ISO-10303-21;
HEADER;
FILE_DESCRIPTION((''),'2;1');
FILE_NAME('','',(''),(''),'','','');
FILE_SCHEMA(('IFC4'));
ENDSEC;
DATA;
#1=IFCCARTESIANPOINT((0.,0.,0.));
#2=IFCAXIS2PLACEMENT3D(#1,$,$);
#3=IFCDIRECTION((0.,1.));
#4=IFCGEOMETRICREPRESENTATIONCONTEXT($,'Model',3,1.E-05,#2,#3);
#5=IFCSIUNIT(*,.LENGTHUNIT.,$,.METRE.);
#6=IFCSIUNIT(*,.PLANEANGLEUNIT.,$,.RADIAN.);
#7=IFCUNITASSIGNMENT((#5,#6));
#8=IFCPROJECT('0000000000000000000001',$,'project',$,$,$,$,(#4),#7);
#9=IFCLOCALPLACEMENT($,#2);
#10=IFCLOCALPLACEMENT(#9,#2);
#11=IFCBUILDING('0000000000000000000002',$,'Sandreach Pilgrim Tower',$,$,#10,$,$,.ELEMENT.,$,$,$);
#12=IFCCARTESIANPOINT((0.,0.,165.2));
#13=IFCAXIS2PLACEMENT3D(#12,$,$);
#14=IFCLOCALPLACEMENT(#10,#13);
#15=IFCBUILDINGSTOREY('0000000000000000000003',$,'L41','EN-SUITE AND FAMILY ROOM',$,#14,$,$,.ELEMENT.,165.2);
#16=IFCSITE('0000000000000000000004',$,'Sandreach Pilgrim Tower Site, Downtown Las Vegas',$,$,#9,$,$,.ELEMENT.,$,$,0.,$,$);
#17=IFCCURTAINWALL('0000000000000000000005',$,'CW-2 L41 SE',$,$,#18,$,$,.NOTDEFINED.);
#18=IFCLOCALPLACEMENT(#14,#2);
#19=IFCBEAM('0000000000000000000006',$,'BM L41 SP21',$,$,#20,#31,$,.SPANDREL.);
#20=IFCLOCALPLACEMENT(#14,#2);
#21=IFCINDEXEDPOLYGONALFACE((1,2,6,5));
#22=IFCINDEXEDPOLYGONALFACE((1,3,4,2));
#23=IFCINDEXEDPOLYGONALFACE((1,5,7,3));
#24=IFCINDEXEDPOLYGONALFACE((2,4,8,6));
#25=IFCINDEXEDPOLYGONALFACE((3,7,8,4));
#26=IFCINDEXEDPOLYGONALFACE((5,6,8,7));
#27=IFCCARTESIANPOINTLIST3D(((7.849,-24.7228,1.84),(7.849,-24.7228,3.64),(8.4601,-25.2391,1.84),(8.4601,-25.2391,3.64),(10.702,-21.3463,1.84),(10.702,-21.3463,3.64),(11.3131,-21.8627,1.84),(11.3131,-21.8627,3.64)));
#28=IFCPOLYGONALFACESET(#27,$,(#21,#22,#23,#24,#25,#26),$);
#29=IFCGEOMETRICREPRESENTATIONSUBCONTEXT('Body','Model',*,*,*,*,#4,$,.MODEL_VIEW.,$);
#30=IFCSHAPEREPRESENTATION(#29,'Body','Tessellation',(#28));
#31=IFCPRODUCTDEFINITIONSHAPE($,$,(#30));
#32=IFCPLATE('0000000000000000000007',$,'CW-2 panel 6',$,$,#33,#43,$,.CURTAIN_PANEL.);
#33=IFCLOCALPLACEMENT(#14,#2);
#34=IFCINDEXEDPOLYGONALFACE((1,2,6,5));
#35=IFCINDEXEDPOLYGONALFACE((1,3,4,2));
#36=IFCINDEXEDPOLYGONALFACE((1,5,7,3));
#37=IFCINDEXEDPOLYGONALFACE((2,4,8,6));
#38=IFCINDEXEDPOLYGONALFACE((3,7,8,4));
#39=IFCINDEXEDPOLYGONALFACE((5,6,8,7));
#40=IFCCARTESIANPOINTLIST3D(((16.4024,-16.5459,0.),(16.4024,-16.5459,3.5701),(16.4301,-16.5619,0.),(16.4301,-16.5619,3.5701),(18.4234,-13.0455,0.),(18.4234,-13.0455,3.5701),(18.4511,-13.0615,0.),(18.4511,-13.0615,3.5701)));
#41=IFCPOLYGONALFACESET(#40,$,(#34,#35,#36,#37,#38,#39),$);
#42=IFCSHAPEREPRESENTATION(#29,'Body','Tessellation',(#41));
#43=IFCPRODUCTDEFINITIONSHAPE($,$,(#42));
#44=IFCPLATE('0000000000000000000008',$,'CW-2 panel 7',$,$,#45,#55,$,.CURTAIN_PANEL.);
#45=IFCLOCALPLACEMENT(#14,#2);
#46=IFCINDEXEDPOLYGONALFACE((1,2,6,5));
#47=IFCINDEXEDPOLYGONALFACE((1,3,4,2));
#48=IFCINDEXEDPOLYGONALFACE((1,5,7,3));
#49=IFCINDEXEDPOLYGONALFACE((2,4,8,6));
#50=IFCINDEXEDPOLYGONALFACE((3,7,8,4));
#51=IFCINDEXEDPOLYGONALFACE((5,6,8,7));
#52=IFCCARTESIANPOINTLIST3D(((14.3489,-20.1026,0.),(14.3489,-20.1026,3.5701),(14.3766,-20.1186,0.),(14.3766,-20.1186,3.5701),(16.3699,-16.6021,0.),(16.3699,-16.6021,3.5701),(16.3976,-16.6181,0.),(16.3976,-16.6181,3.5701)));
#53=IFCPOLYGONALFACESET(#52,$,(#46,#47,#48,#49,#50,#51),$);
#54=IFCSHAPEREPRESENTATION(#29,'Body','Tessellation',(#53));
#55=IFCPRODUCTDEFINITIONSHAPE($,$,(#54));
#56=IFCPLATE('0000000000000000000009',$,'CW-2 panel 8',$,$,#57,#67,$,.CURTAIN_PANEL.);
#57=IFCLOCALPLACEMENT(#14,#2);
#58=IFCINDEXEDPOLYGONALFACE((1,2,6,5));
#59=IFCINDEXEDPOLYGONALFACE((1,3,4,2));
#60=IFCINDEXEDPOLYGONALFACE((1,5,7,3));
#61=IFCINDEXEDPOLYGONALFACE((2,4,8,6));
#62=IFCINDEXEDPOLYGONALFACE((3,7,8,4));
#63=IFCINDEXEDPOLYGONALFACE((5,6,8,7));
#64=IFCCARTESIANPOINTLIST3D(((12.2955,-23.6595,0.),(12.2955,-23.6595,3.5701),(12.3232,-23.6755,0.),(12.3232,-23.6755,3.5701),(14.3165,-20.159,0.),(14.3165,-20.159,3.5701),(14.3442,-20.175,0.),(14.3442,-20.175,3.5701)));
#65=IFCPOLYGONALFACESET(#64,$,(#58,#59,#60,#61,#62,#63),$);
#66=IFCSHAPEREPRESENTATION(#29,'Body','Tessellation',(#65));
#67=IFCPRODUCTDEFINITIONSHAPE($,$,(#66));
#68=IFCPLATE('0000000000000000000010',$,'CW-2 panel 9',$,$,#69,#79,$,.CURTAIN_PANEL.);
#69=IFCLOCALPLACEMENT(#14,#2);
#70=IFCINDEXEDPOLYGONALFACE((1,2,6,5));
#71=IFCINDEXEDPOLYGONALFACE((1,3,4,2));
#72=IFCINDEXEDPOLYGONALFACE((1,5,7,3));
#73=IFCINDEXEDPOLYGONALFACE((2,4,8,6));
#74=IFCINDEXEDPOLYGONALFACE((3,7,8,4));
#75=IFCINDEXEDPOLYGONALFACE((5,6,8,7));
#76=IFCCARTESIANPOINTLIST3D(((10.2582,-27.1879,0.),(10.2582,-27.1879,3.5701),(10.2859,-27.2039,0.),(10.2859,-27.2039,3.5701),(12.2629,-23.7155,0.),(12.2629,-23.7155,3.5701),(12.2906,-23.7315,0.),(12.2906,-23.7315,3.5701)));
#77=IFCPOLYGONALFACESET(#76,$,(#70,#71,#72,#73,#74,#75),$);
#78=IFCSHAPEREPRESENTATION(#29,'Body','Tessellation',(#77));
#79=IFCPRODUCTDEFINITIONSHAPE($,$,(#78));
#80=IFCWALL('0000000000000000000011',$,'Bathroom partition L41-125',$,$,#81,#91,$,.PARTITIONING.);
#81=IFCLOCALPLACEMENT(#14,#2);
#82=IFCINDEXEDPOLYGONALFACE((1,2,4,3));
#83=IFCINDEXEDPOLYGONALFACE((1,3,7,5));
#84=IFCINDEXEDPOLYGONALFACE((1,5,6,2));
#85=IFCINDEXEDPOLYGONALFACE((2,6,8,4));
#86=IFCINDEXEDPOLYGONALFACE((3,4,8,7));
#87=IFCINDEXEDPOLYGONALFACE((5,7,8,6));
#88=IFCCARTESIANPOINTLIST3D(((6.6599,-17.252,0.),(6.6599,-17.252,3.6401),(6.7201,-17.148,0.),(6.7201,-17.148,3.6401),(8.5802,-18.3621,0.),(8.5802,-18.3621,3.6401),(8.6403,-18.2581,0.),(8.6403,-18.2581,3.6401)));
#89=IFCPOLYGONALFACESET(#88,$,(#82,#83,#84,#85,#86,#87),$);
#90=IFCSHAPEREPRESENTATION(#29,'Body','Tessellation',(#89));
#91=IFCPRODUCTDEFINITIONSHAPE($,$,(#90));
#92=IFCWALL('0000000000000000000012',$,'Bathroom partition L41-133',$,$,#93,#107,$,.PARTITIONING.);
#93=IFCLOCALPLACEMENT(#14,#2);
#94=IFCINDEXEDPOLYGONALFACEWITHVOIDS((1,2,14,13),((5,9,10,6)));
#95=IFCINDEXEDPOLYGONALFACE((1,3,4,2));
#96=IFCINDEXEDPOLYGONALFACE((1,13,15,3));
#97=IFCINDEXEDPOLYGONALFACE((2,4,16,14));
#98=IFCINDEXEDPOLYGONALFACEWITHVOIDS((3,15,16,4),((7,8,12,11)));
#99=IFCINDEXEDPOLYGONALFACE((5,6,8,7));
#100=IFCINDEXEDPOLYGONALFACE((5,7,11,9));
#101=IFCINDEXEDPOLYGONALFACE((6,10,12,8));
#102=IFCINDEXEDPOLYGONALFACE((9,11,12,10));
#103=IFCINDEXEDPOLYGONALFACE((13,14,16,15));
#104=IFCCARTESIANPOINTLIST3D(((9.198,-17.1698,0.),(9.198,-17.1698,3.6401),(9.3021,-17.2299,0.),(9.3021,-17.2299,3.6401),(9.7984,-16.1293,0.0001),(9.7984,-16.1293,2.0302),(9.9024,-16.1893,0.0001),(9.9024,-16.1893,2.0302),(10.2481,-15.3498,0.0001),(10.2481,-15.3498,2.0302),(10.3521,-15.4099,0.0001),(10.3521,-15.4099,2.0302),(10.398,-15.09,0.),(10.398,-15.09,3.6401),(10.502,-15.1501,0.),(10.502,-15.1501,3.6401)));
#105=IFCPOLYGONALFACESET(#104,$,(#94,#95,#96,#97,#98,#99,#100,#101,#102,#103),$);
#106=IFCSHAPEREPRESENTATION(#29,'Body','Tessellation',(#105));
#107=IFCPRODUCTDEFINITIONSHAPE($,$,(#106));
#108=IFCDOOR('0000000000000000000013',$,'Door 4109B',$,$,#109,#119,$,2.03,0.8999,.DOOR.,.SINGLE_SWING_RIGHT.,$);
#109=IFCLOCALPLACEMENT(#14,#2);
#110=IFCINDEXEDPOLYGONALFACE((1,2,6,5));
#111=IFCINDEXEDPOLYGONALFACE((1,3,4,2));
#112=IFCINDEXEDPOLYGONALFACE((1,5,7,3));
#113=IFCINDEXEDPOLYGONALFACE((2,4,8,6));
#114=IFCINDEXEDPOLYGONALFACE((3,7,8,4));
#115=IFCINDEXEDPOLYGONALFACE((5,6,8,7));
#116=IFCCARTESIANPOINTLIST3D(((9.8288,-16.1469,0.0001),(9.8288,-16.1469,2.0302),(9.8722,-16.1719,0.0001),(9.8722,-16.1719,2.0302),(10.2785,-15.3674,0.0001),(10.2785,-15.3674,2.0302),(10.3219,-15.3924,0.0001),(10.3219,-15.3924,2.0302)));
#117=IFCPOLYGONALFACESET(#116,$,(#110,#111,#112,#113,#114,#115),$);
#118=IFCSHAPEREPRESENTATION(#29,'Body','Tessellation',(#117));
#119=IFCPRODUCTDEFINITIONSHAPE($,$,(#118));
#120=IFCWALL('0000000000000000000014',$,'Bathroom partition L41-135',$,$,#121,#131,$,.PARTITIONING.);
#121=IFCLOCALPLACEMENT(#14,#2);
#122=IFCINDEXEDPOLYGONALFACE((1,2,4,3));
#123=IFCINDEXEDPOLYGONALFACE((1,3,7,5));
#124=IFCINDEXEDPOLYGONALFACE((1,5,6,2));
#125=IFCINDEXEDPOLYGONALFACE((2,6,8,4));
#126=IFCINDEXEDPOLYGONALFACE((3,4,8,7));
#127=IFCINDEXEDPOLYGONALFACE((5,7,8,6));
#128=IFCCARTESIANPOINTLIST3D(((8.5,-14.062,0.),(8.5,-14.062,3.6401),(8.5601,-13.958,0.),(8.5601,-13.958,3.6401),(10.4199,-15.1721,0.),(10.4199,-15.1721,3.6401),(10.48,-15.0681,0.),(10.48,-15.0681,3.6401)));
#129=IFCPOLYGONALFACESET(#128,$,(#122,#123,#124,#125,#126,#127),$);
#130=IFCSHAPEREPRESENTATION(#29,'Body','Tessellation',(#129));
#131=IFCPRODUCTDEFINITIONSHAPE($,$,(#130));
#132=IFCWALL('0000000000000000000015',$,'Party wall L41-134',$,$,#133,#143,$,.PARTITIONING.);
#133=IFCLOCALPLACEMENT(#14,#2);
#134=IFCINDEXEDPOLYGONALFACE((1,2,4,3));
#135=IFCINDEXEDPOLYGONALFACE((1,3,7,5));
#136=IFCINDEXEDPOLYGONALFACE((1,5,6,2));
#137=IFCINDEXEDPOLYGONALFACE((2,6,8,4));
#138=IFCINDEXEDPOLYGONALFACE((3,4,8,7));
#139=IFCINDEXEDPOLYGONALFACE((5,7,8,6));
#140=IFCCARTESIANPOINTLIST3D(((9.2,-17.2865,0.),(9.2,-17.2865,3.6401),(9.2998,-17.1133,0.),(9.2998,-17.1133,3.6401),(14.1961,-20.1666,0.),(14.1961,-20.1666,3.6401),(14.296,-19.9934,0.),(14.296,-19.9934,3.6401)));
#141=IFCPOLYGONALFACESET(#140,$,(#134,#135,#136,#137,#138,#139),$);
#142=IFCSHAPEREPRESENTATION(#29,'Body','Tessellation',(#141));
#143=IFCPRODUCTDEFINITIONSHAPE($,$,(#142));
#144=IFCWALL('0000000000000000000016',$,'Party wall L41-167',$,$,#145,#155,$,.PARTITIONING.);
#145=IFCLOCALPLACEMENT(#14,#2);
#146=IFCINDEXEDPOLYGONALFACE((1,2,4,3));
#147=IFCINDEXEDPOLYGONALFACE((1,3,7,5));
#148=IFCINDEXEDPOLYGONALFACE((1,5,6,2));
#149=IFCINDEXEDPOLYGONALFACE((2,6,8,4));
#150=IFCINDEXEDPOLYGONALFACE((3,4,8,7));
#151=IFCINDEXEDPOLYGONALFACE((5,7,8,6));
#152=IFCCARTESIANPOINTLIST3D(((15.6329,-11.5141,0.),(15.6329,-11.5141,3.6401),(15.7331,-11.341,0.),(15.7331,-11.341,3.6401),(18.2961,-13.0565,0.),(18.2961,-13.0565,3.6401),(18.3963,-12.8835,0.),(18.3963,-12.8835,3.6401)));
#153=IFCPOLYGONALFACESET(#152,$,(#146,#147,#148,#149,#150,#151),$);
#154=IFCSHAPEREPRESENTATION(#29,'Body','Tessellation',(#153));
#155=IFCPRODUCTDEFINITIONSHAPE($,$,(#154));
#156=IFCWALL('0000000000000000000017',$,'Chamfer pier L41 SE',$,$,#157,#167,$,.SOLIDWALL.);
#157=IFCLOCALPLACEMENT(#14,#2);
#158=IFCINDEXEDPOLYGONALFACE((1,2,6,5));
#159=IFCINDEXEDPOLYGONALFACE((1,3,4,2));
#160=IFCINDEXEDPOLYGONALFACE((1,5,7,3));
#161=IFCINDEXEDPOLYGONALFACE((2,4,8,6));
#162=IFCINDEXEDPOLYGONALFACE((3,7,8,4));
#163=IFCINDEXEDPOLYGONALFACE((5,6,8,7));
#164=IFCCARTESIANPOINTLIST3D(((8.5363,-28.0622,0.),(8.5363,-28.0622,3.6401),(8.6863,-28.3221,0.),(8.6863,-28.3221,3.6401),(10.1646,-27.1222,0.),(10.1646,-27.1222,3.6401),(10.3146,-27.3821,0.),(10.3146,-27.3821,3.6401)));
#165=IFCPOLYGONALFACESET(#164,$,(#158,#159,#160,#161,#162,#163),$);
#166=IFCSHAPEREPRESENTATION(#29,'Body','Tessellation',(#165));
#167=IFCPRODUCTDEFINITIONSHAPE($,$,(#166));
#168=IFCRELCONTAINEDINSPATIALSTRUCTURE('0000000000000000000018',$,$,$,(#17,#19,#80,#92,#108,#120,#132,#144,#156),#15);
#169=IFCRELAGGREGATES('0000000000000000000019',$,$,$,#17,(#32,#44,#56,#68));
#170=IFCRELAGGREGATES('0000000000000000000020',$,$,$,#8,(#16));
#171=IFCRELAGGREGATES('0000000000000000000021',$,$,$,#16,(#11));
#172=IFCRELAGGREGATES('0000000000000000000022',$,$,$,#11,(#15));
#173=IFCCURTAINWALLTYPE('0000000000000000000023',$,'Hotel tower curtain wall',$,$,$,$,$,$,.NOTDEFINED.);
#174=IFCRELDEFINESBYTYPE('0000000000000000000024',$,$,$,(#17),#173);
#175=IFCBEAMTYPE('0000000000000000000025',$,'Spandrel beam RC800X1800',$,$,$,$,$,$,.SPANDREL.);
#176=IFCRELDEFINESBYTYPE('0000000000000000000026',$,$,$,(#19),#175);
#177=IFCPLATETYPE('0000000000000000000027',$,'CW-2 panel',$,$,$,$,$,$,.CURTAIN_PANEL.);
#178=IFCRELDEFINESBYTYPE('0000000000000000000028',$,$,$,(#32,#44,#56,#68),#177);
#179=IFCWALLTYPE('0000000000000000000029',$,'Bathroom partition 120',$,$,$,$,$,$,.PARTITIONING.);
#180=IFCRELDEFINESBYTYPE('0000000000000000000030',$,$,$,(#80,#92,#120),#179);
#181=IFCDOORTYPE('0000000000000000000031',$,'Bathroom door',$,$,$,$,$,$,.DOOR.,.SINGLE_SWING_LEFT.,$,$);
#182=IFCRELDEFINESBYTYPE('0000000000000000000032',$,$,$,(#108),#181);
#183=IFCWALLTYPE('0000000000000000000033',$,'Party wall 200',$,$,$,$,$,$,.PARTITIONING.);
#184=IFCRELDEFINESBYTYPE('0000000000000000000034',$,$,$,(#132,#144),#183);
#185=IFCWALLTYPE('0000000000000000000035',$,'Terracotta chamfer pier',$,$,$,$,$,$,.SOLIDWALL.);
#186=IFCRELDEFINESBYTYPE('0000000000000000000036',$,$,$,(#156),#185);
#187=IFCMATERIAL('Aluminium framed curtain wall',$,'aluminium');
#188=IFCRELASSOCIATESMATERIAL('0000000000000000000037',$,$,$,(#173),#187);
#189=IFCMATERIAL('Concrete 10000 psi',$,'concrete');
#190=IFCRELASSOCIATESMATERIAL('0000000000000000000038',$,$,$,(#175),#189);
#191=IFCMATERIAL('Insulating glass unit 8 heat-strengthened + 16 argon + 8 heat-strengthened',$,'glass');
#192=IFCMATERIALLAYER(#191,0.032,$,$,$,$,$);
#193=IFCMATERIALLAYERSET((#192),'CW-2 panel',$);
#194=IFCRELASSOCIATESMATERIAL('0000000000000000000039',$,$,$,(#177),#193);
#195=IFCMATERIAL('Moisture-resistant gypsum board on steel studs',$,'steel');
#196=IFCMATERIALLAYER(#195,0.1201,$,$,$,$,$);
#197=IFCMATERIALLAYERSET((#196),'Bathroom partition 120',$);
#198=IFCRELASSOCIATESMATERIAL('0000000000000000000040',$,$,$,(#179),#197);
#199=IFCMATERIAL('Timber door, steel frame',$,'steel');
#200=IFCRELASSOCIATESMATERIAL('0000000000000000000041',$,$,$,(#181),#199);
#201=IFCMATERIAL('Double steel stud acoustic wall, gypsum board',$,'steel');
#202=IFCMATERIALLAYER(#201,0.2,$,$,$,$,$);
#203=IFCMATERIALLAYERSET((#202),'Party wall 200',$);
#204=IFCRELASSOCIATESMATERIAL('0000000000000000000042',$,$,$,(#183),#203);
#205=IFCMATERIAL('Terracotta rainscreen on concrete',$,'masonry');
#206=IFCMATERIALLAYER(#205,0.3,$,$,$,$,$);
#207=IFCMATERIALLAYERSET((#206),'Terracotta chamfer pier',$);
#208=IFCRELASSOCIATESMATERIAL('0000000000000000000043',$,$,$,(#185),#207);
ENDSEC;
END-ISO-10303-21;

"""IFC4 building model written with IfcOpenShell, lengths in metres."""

from ifc_helpers import new_model, si_unit, direction, frame, frame_2d, origin, origin_2d, place, context, subcontext, project, spatial, rectangle, extrude, material, layer, layer_set, material_profile, profile_set, type_object, element, fill, aggregate, save


model = new_model("IFC4")

# Units and contexts
model_context = context("Model", 3, precision=1e-05, world=origin(), true_north=direction((0.0, 1.0)))
body_context = subcontext(model_context, "Body", "Model", "MODEL_VIEW")
ifc_project = project(units=[si_unit("LENGTHUNIT", "METRE"), si_unit("PLANEANGLEUNIT", "RADIAN")], contexts=[model_context])

# Site, building, storey
site_placement = place(None, origin())
site = spatial("IfcSite", under=ifc_project, at=site_placement, Name="Sandreach Pilgrim Tower Site, Downtown Las Vegas", CompositionType="ELEMENT", RefElevation=0.0)
building_placement = place(site_placement, origin())
building = spatial("IfcBuilding", under=site, at=building_placement, Name="Sandreach Pilgrim Tower", CompositionType="ELEMENT")
storey_placement = place(building_placement, frame((0.0, 0.0, 165.2)))
storey = spatial("IfcBuildingStorey", under=building, at=storey_placement, Name="L41", Description="EN-SUITE AND FAMILY ROOM", CompositionType="ELEMENT", Elevation=165.2)

# Curtain wall
ifc_material_1 = material(Name="Aluminium framed curtain wall", Category="aluminium")
curtain_wall_type = type_object("IfcCurtainWallType", Name="Hotel tower curtain wall", PredefinedType="NOTDEFINED", material=ifc_material_1)
curtain_wall_1_placement = place(storey_placement, origin())
curtain_wall_1 = element("IfcCurtainWall", 1, at=curtain_wall_1_placement, inside=storey, type_object=curtain_wall_type, Name="CW-2 L41 SE", PredefinedType="NOTDEFINED")

# Beam
ifc_material_2 = material(Name="Concrete 10000 psi", Category="concrete")
ifc_material_profile_1 = material_profile(ifc_material_2, rectangle(XDim=0.8, YDim=1.8, at=origin_2d()), Name="RC800X1800")
ifc_profile_set_1 = profile_set([ifc_material_profile_1], Name="Concrete 10000 psi")
beam_type_1 = type_object("IfcBeamType", Name="Spandrel beam RC800X1800", PredefinedType="SPANDREL", material=ifc_profile_set_1)
beam_1_placement = place(storey_placement, frame((11.0076, -21.6045, 2.74), z_axis=(-0.645417, -0.76383, 0.0), x_axis=(0.76383, -0.645417, 0.0)))
element("IfcBeam", 2, at=beam_1_placement, inside=storey, type_object=beam_type_1, Name="BM L41 SP21", PredefinedType="SPANDREL", context=body_context, shape_type="SweptSolid", body=[
    extrude(rectangle(XDim=0.8, YDim=1.8, at=origin_2d()), origin(), (0.0, 0.0, 1.0), 4.4204),
])

# Plates
ifc_material_3 = material(Name="Insulating glass unit 8 heat-strengthened + 16 argon + 8 heat-strengthened", Category="glass")
ifc_layer_1 = layer(ifc_material_3, 0.032)
ifc_layer_set_1 = layer_set([ifc_layer_1], Name="CW-2 panel")
plate_type = type_object("IfcPlateType", Name="CW-2 panel", PredefinedType="CURTAIN_PANEL", material=ifc_layer_set_1)
plate_1_placement = place(storey_placement, frame((17.4268, -14.8037, 0.0), z_axis=(0.0, 0.0, 1.0), x_axis=(-0.5, -0.866025, 0.0)))
plate_1 = element("IfcPlate", 3, at=plate_1_placement, type_object=plate_type, Name="CW-2 panel 6", PredefinedType="CURTAIN_PANEL", context=body_context, shape_type="SweptSolid", body=[
    extrude(rectangle(XDim=4.042, YDim=0.032, at=origin_2d()), origin(), (0.0, 0.0, 1.0), 3.5701),
])
plate_2_placement = place(storey_placement, frame((15.3733, -18.3604, 0.0), z_axis=(0.0, 0.0, 1.0), x_axis=(-0.5, -0.866025, 0.0)))
plate_2 = element("IfcPlate", 4, at=plate_2_placement, type_object=plate_type, Name="CW-2 panel 7", PredefinedType="CURTAIN_PANEL", context=body_context, shape_type="SweptSolid", body=[
    extrude(rectangle(XDim=4.042, YDim=0.032, at=origin_2d()), origin(), (0.0, 0.0, 1.0), 3.5701),
])
plate_3_placement = place(storey_placement, frame((13.3198, -21.9172, 0.0), z_axis=(0.0, 0.0, 1.0), x_axis=(-0.5, -0.866025, 0.0)))
plate_3 = element("IfcPlate", 5, at=plate_3_placement, type_object=plate_type, Name="CW-2 panel 8", PredefinedType="CURTAIN_PANEL", context=body_context, shape_type="SweptSolid", body=[
    extrude(rectangle(XDim=4.042, YDim=0.032, at=origin_2d()), origin(), (0.0, 0.0, 1.0), 3.5701),
])
plate_4_placement = place(storey_placement, frame((11.2744, -25.4597, 0.0), z_axis=(0.0, 0.0, 1.0), x_axis=(-0.5, -0.866025, 0.0)))
plate_4 = element("IfcPlate", 6, at=plate_4_placement, type_object=plate_type, Name="CW-2 panel 9", PredefinedType="CURTAIN_PANEL", context=body_context, shape_type="SweptSolid", body=[
    extrude(rectangle(XDim=4.0095, YDim=0.032, at=origin_2d()), origin(), (0.0, 0.0, 1.0), 3.5701),
])
aggregate(curtain_wall_1, [plate_1, plate_2, plate_3, plate_4])

# Wall
ifc_material_4 = material(Name="Moisture-resistant gypsum board on steel studs", Category="steel")
ifc_layer_2 = layer(ifc_material_4, 0.1201)
ifc_layer_set_2 = layer_set([ifc_layer_2], Name="Bathroom partition 120")
wall_type_1 = type_object("IfcWallType", Name="Bathroom partition 120", PredefinedType="PARTITIONING", material=ifc_layer_set_2)
wall_1_placement = place(storey_placement, frame((8.6101, -18.3101, 0.0), z_axis=(0.0, 0.0, 1.0), x_axis=(-0.865733, 0.500507, 0.0)))
element("IfcWall", 7, at=wall_1_placement, inside=storey, type_object=wall_type_1, Name="Bathroom partition L41-125", PredefinedType="PARTITIONING", context=body_context, shape_type="SweptSolid", body=[
    extrude(rectangle(XDim=2.218, YDim=0.1201, at=frame_2d((1.1089, 0.0))), origin(), (0.0, 0.0, 1.0), 3.6401),
])

# Wall, opening, door
wall_2_placement = place(storey_placement, frame((9.25, -17.2, 0.0), z_axis=(0.0, 0.0, 1.0), x_axis=(0.499737, 0.866177, 0.0)))
wall_2 = element("IfcWall", 8, at=wall_2_placement, inside=storey, type_object=wall_type_1, Name="Bathroom partition L41-133", PredefinedType="PARTITIONING", context=body_context, shape_type="SweptSolid", body=[
    extrude(rectangle(XDim=2.4011, YDim=0.1201, at=frame_2d((1.2007, 0.0))), origin(), (0.0, 0.0, 1.0), 3.6401),
])
opening_placement = place(wall_2_placement, frame((1.2014, 0.0, 0.0)))
opening = element("IfcOpeningElement", 9, at=opening_placement, cuts=wall_2, PredefinedType="OPENING", context=body_context, shape_type="SweptSolid", body=[
    extrude(rectangle(XDim=0.8999, YDim=2.03, at=frame_2d((0.45, 1.0151))), frame((0.0, 0.0601, 0.0), z_axis=(0.0, -1.0, 0.0), x_axis=(1.0, 0.0, 0.0)), (0.0, 0.0, 1.0), 0.1201),
])
ifc_material_5 = material(Name="Timber door, steel frame", Category="steel")
door_type = type_object("IfcDoorType", Name="Bathroom door", OperationType="SINGLE_SWING_LEFT", PredefinedType="DOOR", material=ifc_material_5)
door_placement = place(opening_placement, origin())
door = element("IfcDoor", 10, at=door_placement, inside=storey, type_object=door_type, Name="Door 4109B", OperationType="SINGLE_SWING_RIGHT", OverallHeight=2.03, OverallWidth=0.8999, PredefinedType="DOOR", context=body_context, shape_type="SweptSolid", body=[
    extrude(rectangle(XDim=0.8999, YDim=2.03, at=frame_2d((0.45, 1.0151))), frame((0.0, 0.0249, 0.0), z_axis=(0.0, -1.0, 0.0), x_axis=(1.0, 0.0, 0.0)), (0.0, 0.0, 1.0), 0.05),
])
fill(opening, door)

# Walls
wall_3_placement = place(storey_placement, frame((10.45, -15.1201, 0.0), z_axis=(0.0, 0.0, 1.0), x_axis=(-0.865705, 0.500555, 0.0)))
element("IfcWall", 11, at=wall_3_placement, inside=storey, type_object=wall_type_1, Name="Bathroom partition L41-135", PredefinedType="PARTITIONING", context=body_context, shape_type="SweptSolid", body=[
    extrude(rectangle(XDim=2.2178, YDim=0.1201, at=frame_2d((1.1089, 0.0))), origin(), (0.0, 0.0, 1.0), 3.6401),
])
ifc_material_6 = material(Name="Double steel stud acoustic wall, gypsum board", Category="steel")
ifc_layer_3 = layer(ifc_material_6, 0.2)
ifc_layer_set_3 = layer_set([ifc_layer_3], Name="Party wall 200")
wall_type_2 = type_object("IfcWallType", Name="Party wall 200", PredefinedType="PARTITIONING", material=ifc_layer_set_3)
wall_4_placement = place(storey_placement, frame((9.25, -17.2, 0.0), z_axis=(0.0, 0.0, 1.0), x_axis=(0.866353, -0.499432, 0.0)))
element("IfcWall", 12, at=wall_4_placement, inside=storey, type_object=wall_type_2, Name="Party wall L41-134", PredefinedType="PARTITIONING", context=body_context, shape_type="SweptSolid", body=[
    extrude(rectangle(XDim=5.7668, YDim=0.2, at=frame_2d((2.8833, 0.0))), origin(), (0.0, 0.0, 1.0), 3.6401),
])
wall_5_placement = place(storey_placement, frame((18.3462, -12.97, 0.0), z_axis=(0.0, 0.0, 1.0), x_axis=(-0.865348, 0.501171, 0.0)))
element("IfcWall", 13, at=wall_5_placement, inside=storey, type_object=wall_type_2, Name="Party wall L41-167", PredefinedType="PARTITIONING", context=body_context, shape_type="SweptSolid", body=[
    extrude(rectangle(XDim=3.0776, YDim=0.2, at=frame_2d((1.5388, 0.0))), origin(), (0.0, 0.0, 1.0), 3.6401),
])
ifc_material_7 = material(Name="Terracotta rainscreen on concrete", Category="masonry")
ifc_layer_4 = layer(ifc_material_7, 0.3)
ifc_layer_set_4 = layer_set([ifc_layer_4], Name="Terracotta chamfer pier")
wall_type_3 = type_object("IfcWallType", Name="Terracotta chamfer pier", PredefinedType="SOLIDWALL", material=ifc_layer_set_4)
wall_6_placement = place(storey_placement, frame((10.2395, -27.2522, 0.0), z_axis=(0.0, 0.0, 1.0), x_axis=(-0.866045, -0.499966, 0.0)))
element("IfcWall", 14, at=wall_6_placement, inside=storey, type_object=wall_type_3, Name="Chamfer pier L41 SE", PredefinedType="SOLIDWALL", context=body_context, shape_type="SweptSolid", body=[
    extrude(rectangle(XDim=1.8801, YDim=0.3, at=frame_2d((0.9399, 0.0))), origin(), (0.0, 0.0, 1.0), 3.6401),
])

save(model, "model.ifc")
